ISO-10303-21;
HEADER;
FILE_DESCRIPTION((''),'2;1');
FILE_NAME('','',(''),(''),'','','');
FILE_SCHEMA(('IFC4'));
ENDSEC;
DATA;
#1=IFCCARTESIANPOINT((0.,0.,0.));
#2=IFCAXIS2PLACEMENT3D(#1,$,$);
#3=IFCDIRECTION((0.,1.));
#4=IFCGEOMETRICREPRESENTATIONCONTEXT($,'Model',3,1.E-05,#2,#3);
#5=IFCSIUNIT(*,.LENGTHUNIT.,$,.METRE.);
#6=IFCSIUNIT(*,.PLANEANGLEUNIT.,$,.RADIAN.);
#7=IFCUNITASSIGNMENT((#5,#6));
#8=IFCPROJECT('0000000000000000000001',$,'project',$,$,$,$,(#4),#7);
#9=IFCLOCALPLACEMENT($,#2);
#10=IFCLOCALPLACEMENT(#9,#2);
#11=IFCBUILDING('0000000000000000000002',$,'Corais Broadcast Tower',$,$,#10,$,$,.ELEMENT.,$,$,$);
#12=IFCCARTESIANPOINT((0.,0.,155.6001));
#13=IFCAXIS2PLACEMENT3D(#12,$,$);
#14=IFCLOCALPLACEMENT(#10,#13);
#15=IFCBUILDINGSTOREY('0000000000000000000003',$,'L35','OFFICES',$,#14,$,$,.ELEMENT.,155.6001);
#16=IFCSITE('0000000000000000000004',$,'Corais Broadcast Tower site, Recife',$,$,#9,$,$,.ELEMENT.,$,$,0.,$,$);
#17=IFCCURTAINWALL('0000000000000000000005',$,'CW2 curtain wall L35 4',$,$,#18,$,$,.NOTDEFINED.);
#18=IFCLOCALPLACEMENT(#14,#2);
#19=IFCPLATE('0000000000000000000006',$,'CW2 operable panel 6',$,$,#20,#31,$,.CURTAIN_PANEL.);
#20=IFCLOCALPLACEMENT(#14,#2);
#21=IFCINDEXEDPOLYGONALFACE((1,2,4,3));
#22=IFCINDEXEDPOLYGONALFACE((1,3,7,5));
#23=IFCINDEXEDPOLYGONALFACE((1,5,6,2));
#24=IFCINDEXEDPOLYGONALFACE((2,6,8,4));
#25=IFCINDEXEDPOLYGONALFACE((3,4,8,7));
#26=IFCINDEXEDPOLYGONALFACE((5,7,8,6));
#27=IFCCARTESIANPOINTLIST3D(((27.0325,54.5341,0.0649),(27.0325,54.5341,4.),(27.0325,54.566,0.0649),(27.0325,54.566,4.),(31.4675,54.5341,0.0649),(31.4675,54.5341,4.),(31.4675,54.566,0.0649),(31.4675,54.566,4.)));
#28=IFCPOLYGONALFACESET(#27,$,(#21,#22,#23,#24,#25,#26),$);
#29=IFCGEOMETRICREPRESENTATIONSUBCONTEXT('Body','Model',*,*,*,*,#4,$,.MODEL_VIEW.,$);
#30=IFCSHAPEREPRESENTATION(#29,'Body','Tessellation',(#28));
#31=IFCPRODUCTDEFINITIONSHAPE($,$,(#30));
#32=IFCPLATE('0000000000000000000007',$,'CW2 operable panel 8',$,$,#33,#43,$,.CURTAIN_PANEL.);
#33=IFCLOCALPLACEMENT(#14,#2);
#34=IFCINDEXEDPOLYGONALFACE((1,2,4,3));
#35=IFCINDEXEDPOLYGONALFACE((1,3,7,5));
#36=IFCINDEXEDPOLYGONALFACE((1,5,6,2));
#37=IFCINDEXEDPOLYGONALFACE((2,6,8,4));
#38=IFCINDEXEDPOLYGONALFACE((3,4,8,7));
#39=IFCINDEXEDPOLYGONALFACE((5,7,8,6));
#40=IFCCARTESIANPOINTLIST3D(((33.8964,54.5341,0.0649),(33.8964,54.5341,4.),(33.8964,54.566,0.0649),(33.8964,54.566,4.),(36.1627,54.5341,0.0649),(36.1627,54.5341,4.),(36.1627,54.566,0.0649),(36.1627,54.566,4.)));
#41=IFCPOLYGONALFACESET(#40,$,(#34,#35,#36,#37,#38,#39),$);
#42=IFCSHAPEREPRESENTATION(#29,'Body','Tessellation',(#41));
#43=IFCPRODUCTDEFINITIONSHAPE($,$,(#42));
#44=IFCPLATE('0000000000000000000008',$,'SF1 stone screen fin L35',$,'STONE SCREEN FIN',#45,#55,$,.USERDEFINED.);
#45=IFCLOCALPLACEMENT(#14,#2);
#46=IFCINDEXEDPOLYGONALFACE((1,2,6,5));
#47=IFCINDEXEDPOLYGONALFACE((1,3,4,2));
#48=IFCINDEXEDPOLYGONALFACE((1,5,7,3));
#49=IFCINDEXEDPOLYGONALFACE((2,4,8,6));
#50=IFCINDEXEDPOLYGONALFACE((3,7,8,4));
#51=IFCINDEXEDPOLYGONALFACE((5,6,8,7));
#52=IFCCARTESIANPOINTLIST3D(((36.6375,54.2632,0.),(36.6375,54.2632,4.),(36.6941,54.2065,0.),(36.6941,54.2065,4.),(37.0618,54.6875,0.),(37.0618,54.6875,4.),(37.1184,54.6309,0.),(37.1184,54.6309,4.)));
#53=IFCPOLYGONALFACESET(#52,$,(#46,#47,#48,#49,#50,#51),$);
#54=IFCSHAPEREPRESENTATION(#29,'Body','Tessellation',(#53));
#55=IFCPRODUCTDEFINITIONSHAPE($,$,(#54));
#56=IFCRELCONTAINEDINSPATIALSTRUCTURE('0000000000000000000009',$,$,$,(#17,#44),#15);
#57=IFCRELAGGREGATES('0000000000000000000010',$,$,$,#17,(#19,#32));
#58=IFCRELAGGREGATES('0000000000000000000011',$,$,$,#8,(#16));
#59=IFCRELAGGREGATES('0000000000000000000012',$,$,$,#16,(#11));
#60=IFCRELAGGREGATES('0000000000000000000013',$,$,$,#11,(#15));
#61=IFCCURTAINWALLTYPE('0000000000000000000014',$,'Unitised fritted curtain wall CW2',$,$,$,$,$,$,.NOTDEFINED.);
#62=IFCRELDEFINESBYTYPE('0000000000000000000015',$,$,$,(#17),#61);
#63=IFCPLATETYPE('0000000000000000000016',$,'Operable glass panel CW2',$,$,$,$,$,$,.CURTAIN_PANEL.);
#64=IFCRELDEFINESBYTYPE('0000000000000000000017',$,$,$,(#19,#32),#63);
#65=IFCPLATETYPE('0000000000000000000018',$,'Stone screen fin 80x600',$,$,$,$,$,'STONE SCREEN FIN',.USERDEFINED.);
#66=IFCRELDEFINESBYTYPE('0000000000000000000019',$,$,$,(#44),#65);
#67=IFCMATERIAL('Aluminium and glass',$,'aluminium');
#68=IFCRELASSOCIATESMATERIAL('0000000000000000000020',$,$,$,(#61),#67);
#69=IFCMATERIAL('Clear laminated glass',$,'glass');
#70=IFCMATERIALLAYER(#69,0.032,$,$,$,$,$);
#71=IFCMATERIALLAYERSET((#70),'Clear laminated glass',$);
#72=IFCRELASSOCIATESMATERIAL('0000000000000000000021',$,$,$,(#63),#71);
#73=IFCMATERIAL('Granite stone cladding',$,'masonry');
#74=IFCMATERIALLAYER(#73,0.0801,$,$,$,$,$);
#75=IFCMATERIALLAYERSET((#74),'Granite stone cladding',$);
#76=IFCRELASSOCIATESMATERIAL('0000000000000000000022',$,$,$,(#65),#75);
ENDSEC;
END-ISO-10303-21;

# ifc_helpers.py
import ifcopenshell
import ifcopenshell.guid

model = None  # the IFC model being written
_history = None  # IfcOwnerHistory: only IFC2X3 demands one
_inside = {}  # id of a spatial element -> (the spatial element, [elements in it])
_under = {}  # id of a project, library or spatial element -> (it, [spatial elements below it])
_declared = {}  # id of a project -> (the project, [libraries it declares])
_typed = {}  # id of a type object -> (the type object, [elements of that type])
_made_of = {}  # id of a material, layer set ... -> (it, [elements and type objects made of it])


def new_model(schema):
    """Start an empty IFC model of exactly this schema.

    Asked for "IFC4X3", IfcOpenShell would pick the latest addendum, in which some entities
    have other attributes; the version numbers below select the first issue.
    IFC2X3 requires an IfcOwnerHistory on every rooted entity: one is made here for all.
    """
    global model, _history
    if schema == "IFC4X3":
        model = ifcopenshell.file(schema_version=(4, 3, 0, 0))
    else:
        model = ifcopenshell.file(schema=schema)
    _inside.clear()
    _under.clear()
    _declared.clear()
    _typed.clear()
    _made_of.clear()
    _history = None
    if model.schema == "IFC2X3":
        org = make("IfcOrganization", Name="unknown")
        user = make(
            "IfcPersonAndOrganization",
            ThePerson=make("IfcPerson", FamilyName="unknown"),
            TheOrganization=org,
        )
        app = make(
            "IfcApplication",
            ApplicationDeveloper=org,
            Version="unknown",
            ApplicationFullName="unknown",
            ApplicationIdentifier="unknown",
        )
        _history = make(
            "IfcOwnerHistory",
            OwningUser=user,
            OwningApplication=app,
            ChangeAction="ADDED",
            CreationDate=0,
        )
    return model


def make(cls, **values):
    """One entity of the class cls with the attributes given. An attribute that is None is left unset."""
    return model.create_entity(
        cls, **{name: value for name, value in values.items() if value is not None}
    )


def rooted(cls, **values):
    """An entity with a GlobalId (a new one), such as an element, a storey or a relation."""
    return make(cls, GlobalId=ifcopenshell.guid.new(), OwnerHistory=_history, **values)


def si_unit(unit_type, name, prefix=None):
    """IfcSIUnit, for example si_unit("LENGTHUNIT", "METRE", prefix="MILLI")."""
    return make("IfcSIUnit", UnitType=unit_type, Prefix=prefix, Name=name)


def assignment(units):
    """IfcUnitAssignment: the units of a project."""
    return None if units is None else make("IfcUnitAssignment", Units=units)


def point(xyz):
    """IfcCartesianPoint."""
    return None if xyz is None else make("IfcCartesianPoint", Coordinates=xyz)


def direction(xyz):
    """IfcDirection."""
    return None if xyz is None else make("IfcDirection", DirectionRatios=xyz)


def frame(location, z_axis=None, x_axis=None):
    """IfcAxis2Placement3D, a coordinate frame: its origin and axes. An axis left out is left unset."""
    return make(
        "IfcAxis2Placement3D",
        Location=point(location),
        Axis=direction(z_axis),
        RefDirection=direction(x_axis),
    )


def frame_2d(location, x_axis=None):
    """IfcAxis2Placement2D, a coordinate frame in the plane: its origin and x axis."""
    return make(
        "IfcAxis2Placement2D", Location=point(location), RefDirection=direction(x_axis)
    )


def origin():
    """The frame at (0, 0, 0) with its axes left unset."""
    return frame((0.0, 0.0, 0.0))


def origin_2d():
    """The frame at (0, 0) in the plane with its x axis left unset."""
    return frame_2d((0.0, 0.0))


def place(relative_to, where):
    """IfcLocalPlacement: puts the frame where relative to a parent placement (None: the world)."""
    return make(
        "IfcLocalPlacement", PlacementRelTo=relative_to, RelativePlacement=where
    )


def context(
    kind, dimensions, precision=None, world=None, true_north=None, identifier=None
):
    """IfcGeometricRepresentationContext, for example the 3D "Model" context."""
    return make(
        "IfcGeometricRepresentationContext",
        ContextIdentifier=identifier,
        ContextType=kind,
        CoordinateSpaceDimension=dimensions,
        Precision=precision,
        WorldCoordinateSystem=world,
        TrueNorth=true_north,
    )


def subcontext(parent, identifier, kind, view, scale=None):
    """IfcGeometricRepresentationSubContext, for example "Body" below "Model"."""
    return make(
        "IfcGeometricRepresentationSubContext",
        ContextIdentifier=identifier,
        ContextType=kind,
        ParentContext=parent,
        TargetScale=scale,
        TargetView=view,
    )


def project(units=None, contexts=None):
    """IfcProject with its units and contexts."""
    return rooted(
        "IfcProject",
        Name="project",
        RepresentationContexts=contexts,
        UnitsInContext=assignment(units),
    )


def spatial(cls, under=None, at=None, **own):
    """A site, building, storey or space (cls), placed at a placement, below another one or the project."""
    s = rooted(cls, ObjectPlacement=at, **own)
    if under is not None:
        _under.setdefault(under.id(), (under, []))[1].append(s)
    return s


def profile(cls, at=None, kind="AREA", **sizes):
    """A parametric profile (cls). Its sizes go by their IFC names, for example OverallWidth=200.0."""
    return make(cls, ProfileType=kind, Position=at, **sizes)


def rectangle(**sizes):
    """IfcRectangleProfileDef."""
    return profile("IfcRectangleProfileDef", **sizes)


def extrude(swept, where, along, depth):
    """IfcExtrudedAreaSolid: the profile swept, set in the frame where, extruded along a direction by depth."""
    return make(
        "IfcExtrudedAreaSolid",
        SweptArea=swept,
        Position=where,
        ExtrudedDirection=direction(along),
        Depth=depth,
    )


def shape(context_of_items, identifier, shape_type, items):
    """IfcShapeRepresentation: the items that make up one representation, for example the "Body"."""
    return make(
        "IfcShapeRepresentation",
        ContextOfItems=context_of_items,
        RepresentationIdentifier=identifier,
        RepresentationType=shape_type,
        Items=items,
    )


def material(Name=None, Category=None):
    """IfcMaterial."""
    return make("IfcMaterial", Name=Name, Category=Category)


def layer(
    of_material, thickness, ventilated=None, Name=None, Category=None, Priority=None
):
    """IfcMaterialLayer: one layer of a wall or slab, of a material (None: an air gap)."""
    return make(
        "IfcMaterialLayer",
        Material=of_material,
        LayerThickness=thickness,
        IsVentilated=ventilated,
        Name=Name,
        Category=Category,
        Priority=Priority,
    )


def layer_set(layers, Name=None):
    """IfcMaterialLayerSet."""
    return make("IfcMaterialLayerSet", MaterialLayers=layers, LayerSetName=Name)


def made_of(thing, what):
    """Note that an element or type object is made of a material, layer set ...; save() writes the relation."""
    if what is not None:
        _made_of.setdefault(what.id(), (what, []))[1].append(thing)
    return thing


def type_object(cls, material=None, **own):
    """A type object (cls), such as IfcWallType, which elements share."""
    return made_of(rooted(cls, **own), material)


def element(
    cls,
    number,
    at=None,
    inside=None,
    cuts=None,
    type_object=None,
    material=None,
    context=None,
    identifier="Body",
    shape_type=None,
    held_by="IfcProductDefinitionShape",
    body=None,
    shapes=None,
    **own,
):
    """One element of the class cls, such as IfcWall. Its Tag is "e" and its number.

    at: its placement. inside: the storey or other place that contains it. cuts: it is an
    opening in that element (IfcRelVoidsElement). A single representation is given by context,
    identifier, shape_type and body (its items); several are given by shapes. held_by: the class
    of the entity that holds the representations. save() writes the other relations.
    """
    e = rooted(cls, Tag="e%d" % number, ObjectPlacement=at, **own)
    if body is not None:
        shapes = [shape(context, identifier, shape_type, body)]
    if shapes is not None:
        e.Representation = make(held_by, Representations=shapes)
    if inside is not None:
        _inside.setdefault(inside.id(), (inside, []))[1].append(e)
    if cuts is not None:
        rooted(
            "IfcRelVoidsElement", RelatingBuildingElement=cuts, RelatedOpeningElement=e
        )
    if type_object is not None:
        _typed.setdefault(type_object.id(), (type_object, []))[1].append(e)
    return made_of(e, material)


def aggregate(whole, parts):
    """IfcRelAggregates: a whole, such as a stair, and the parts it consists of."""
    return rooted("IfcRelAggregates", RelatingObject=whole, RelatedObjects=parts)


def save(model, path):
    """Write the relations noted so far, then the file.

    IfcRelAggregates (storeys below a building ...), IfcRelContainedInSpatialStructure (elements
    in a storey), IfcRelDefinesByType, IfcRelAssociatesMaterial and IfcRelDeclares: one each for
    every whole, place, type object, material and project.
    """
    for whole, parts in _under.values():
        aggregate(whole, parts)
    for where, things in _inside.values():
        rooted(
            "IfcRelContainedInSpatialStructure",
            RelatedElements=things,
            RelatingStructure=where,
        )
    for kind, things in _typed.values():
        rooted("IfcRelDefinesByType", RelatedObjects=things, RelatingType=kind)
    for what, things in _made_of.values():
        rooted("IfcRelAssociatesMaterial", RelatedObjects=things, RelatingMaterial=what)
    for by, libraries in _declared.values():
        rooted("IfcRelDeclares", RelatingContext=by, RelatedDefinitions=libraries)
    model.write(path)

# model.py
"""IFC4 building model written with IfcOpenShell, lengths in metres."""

from ifc_helpers import new_model, si_unit, direction, frame, origin, origin_2d, place, context, subcontext, project, spatial, rectangle, extrude, material, layer, layer_set, type_object, element, aggregate, save


model = new_model("IFC4")

# Units and contexts
model_context = context("Model", 3, precision=1e-05, world=origin(), true_north=direction((0.0, 1.0)))
body_context = subcontext(model_context, "Body", "Model", "MODEL_VIEW")
ifc_project = project(units=[si_unit("LENGTHUNIT", "METRE"), si_unit("PLANEANGLEUNIT", "RADIAN")], contexts=[model_context])

# Site, building, storey
site_placement = place(None, origin())
site = spatial("IfcSite", under=ifc_project, at=site_placement, Name="Corais Broadcast Tower site, Recife", CompositionType="ELEMENT", RefElevation=0.0)
building_placement = place(site_placement, origin())
building = spatial("IfcBuilding", under=site, at=building_placement, Name="Corais Broadcast Tower", CompositionType="ELEMENT")
storey_placement = place(building_placement, frame((0.0, 0.0, 155.6001)))
storey = spatial("IfcBuildingStorey", under=building, at=storey_placement, Name="L35", Description="OFFICES", CompositionType="ELEMENT", Elevation=155.6001)

# Curtain wall
ifc_material_1 = material(Name="Aluminium and glass", Category="aluminium")
curtain_wall_type = type_object("IfcCurtainWallType", Name="Unitised fritted curtain wall CW2", PredefinedType="NOTDEFINED", material=ifc_material_1)
curtain_wall_1_placement = place(storey_placement, origin())
curtain_wall_1 = element("IfcCurtainWall", 1, at=curtain_wall_1_placement, inside=storey, type_object=curtain_wall_type, Name="CW2 curtain wall L35 4", PredefinedType="NOTDEFINED")

# Plates
ifc_material_2 = material(Name="Clear laminated glass", Category="glass")
ifc_layer_1 = layer(ifc_material_2, 0.032)
ifc_layer_set_1 = layer_set([ifc_layer_1], Name="Clear laminated glass")
plate_type_1 = type_object("IfcPlateType", Name="Operable glass panel CW2", PredefinedType="CURTAIN_PANEL", material=ifc_layer_set_1)
plate_1_placement = place(storey_placement, frame((29.25, 54.55, 0.0649), z_axis=(0.0, 0.0, 1.0), x_axis=(1.0, 0.0, 0.0)))
plate_1 = element("IfcPlate", 2, at=plate_1_placement, type_object=plate_type_1, Name="CW2 operable panel 6", PredefinedType="CURTAIN_PANEL", context=body_context, shape_type="SweptSolid", body=[
    extrude(rectangle(XDim=4.4351, YDim=0.032, at=origin_2d()), origin(), (0.0, 0.0, 1.0), 3.9351),
])
plate_2_placement = place(storey_placement, frame((35.0295, 54.55, 0.0649), z_axis=(0.0, 0.0, 1.0), x_axis=(1.0, 0.0, 0.0)))
plate_2 = element("IfcPlate", 3, at=plate_2_placement, type_object=plate_type_1, Name="CW2 operable panel 8", PredefinedType="CURTAIN_PANEL", context=body_context, shape_type="SweptSolid", body=[
    extrude(rectangle(XDim=2.2664, YDim=0.032, at=origin_2d()), origin(), (0.0, 0.0, 1.0), 3.9351),
])
aggregate(curtain_wall_1, [plate_1, plate_2])
ifc_material_3 = material(Name="Granite stone cladding", Category="masonry")
ifc_layer_2 = layer(ifc_material_3, 0.0801)
ifc_layer_set_2 = layer_set([ifc_layer_2], Name="Granite stone cladding")
plate_type_2 = type_object("IfcPlateType", Name="Stone screen fin 80x600", ElementType="STONE SCREEN FIN", PredefinedType="USERDEFINED", material=ifc_layer_set_2)
plate_3_placement = place(storey_placement, frame((36.8779, 54.447, 0.0), z_axis=(0.0, 0.0, 1.0), x_axis=(0.707107, -0.707107, 0.0)))
element("IfcPlate", 4, at=plate_3_placement, inside=storey, type_object=plate_type_2, Name="SF1 stone screen fin L35", ObjectType="STONE SCREEN FIN", PredefinedType="USERDEFINED", context=body_context, shape_type="SweptSolid", body=[
    extrude(rectangle(XDim=0.0801, YDim=0.6001, at=origin_2d()), origin(), (0.0, 0.0, 1.0), 4.0),
])

save(model, "model.ifc")
